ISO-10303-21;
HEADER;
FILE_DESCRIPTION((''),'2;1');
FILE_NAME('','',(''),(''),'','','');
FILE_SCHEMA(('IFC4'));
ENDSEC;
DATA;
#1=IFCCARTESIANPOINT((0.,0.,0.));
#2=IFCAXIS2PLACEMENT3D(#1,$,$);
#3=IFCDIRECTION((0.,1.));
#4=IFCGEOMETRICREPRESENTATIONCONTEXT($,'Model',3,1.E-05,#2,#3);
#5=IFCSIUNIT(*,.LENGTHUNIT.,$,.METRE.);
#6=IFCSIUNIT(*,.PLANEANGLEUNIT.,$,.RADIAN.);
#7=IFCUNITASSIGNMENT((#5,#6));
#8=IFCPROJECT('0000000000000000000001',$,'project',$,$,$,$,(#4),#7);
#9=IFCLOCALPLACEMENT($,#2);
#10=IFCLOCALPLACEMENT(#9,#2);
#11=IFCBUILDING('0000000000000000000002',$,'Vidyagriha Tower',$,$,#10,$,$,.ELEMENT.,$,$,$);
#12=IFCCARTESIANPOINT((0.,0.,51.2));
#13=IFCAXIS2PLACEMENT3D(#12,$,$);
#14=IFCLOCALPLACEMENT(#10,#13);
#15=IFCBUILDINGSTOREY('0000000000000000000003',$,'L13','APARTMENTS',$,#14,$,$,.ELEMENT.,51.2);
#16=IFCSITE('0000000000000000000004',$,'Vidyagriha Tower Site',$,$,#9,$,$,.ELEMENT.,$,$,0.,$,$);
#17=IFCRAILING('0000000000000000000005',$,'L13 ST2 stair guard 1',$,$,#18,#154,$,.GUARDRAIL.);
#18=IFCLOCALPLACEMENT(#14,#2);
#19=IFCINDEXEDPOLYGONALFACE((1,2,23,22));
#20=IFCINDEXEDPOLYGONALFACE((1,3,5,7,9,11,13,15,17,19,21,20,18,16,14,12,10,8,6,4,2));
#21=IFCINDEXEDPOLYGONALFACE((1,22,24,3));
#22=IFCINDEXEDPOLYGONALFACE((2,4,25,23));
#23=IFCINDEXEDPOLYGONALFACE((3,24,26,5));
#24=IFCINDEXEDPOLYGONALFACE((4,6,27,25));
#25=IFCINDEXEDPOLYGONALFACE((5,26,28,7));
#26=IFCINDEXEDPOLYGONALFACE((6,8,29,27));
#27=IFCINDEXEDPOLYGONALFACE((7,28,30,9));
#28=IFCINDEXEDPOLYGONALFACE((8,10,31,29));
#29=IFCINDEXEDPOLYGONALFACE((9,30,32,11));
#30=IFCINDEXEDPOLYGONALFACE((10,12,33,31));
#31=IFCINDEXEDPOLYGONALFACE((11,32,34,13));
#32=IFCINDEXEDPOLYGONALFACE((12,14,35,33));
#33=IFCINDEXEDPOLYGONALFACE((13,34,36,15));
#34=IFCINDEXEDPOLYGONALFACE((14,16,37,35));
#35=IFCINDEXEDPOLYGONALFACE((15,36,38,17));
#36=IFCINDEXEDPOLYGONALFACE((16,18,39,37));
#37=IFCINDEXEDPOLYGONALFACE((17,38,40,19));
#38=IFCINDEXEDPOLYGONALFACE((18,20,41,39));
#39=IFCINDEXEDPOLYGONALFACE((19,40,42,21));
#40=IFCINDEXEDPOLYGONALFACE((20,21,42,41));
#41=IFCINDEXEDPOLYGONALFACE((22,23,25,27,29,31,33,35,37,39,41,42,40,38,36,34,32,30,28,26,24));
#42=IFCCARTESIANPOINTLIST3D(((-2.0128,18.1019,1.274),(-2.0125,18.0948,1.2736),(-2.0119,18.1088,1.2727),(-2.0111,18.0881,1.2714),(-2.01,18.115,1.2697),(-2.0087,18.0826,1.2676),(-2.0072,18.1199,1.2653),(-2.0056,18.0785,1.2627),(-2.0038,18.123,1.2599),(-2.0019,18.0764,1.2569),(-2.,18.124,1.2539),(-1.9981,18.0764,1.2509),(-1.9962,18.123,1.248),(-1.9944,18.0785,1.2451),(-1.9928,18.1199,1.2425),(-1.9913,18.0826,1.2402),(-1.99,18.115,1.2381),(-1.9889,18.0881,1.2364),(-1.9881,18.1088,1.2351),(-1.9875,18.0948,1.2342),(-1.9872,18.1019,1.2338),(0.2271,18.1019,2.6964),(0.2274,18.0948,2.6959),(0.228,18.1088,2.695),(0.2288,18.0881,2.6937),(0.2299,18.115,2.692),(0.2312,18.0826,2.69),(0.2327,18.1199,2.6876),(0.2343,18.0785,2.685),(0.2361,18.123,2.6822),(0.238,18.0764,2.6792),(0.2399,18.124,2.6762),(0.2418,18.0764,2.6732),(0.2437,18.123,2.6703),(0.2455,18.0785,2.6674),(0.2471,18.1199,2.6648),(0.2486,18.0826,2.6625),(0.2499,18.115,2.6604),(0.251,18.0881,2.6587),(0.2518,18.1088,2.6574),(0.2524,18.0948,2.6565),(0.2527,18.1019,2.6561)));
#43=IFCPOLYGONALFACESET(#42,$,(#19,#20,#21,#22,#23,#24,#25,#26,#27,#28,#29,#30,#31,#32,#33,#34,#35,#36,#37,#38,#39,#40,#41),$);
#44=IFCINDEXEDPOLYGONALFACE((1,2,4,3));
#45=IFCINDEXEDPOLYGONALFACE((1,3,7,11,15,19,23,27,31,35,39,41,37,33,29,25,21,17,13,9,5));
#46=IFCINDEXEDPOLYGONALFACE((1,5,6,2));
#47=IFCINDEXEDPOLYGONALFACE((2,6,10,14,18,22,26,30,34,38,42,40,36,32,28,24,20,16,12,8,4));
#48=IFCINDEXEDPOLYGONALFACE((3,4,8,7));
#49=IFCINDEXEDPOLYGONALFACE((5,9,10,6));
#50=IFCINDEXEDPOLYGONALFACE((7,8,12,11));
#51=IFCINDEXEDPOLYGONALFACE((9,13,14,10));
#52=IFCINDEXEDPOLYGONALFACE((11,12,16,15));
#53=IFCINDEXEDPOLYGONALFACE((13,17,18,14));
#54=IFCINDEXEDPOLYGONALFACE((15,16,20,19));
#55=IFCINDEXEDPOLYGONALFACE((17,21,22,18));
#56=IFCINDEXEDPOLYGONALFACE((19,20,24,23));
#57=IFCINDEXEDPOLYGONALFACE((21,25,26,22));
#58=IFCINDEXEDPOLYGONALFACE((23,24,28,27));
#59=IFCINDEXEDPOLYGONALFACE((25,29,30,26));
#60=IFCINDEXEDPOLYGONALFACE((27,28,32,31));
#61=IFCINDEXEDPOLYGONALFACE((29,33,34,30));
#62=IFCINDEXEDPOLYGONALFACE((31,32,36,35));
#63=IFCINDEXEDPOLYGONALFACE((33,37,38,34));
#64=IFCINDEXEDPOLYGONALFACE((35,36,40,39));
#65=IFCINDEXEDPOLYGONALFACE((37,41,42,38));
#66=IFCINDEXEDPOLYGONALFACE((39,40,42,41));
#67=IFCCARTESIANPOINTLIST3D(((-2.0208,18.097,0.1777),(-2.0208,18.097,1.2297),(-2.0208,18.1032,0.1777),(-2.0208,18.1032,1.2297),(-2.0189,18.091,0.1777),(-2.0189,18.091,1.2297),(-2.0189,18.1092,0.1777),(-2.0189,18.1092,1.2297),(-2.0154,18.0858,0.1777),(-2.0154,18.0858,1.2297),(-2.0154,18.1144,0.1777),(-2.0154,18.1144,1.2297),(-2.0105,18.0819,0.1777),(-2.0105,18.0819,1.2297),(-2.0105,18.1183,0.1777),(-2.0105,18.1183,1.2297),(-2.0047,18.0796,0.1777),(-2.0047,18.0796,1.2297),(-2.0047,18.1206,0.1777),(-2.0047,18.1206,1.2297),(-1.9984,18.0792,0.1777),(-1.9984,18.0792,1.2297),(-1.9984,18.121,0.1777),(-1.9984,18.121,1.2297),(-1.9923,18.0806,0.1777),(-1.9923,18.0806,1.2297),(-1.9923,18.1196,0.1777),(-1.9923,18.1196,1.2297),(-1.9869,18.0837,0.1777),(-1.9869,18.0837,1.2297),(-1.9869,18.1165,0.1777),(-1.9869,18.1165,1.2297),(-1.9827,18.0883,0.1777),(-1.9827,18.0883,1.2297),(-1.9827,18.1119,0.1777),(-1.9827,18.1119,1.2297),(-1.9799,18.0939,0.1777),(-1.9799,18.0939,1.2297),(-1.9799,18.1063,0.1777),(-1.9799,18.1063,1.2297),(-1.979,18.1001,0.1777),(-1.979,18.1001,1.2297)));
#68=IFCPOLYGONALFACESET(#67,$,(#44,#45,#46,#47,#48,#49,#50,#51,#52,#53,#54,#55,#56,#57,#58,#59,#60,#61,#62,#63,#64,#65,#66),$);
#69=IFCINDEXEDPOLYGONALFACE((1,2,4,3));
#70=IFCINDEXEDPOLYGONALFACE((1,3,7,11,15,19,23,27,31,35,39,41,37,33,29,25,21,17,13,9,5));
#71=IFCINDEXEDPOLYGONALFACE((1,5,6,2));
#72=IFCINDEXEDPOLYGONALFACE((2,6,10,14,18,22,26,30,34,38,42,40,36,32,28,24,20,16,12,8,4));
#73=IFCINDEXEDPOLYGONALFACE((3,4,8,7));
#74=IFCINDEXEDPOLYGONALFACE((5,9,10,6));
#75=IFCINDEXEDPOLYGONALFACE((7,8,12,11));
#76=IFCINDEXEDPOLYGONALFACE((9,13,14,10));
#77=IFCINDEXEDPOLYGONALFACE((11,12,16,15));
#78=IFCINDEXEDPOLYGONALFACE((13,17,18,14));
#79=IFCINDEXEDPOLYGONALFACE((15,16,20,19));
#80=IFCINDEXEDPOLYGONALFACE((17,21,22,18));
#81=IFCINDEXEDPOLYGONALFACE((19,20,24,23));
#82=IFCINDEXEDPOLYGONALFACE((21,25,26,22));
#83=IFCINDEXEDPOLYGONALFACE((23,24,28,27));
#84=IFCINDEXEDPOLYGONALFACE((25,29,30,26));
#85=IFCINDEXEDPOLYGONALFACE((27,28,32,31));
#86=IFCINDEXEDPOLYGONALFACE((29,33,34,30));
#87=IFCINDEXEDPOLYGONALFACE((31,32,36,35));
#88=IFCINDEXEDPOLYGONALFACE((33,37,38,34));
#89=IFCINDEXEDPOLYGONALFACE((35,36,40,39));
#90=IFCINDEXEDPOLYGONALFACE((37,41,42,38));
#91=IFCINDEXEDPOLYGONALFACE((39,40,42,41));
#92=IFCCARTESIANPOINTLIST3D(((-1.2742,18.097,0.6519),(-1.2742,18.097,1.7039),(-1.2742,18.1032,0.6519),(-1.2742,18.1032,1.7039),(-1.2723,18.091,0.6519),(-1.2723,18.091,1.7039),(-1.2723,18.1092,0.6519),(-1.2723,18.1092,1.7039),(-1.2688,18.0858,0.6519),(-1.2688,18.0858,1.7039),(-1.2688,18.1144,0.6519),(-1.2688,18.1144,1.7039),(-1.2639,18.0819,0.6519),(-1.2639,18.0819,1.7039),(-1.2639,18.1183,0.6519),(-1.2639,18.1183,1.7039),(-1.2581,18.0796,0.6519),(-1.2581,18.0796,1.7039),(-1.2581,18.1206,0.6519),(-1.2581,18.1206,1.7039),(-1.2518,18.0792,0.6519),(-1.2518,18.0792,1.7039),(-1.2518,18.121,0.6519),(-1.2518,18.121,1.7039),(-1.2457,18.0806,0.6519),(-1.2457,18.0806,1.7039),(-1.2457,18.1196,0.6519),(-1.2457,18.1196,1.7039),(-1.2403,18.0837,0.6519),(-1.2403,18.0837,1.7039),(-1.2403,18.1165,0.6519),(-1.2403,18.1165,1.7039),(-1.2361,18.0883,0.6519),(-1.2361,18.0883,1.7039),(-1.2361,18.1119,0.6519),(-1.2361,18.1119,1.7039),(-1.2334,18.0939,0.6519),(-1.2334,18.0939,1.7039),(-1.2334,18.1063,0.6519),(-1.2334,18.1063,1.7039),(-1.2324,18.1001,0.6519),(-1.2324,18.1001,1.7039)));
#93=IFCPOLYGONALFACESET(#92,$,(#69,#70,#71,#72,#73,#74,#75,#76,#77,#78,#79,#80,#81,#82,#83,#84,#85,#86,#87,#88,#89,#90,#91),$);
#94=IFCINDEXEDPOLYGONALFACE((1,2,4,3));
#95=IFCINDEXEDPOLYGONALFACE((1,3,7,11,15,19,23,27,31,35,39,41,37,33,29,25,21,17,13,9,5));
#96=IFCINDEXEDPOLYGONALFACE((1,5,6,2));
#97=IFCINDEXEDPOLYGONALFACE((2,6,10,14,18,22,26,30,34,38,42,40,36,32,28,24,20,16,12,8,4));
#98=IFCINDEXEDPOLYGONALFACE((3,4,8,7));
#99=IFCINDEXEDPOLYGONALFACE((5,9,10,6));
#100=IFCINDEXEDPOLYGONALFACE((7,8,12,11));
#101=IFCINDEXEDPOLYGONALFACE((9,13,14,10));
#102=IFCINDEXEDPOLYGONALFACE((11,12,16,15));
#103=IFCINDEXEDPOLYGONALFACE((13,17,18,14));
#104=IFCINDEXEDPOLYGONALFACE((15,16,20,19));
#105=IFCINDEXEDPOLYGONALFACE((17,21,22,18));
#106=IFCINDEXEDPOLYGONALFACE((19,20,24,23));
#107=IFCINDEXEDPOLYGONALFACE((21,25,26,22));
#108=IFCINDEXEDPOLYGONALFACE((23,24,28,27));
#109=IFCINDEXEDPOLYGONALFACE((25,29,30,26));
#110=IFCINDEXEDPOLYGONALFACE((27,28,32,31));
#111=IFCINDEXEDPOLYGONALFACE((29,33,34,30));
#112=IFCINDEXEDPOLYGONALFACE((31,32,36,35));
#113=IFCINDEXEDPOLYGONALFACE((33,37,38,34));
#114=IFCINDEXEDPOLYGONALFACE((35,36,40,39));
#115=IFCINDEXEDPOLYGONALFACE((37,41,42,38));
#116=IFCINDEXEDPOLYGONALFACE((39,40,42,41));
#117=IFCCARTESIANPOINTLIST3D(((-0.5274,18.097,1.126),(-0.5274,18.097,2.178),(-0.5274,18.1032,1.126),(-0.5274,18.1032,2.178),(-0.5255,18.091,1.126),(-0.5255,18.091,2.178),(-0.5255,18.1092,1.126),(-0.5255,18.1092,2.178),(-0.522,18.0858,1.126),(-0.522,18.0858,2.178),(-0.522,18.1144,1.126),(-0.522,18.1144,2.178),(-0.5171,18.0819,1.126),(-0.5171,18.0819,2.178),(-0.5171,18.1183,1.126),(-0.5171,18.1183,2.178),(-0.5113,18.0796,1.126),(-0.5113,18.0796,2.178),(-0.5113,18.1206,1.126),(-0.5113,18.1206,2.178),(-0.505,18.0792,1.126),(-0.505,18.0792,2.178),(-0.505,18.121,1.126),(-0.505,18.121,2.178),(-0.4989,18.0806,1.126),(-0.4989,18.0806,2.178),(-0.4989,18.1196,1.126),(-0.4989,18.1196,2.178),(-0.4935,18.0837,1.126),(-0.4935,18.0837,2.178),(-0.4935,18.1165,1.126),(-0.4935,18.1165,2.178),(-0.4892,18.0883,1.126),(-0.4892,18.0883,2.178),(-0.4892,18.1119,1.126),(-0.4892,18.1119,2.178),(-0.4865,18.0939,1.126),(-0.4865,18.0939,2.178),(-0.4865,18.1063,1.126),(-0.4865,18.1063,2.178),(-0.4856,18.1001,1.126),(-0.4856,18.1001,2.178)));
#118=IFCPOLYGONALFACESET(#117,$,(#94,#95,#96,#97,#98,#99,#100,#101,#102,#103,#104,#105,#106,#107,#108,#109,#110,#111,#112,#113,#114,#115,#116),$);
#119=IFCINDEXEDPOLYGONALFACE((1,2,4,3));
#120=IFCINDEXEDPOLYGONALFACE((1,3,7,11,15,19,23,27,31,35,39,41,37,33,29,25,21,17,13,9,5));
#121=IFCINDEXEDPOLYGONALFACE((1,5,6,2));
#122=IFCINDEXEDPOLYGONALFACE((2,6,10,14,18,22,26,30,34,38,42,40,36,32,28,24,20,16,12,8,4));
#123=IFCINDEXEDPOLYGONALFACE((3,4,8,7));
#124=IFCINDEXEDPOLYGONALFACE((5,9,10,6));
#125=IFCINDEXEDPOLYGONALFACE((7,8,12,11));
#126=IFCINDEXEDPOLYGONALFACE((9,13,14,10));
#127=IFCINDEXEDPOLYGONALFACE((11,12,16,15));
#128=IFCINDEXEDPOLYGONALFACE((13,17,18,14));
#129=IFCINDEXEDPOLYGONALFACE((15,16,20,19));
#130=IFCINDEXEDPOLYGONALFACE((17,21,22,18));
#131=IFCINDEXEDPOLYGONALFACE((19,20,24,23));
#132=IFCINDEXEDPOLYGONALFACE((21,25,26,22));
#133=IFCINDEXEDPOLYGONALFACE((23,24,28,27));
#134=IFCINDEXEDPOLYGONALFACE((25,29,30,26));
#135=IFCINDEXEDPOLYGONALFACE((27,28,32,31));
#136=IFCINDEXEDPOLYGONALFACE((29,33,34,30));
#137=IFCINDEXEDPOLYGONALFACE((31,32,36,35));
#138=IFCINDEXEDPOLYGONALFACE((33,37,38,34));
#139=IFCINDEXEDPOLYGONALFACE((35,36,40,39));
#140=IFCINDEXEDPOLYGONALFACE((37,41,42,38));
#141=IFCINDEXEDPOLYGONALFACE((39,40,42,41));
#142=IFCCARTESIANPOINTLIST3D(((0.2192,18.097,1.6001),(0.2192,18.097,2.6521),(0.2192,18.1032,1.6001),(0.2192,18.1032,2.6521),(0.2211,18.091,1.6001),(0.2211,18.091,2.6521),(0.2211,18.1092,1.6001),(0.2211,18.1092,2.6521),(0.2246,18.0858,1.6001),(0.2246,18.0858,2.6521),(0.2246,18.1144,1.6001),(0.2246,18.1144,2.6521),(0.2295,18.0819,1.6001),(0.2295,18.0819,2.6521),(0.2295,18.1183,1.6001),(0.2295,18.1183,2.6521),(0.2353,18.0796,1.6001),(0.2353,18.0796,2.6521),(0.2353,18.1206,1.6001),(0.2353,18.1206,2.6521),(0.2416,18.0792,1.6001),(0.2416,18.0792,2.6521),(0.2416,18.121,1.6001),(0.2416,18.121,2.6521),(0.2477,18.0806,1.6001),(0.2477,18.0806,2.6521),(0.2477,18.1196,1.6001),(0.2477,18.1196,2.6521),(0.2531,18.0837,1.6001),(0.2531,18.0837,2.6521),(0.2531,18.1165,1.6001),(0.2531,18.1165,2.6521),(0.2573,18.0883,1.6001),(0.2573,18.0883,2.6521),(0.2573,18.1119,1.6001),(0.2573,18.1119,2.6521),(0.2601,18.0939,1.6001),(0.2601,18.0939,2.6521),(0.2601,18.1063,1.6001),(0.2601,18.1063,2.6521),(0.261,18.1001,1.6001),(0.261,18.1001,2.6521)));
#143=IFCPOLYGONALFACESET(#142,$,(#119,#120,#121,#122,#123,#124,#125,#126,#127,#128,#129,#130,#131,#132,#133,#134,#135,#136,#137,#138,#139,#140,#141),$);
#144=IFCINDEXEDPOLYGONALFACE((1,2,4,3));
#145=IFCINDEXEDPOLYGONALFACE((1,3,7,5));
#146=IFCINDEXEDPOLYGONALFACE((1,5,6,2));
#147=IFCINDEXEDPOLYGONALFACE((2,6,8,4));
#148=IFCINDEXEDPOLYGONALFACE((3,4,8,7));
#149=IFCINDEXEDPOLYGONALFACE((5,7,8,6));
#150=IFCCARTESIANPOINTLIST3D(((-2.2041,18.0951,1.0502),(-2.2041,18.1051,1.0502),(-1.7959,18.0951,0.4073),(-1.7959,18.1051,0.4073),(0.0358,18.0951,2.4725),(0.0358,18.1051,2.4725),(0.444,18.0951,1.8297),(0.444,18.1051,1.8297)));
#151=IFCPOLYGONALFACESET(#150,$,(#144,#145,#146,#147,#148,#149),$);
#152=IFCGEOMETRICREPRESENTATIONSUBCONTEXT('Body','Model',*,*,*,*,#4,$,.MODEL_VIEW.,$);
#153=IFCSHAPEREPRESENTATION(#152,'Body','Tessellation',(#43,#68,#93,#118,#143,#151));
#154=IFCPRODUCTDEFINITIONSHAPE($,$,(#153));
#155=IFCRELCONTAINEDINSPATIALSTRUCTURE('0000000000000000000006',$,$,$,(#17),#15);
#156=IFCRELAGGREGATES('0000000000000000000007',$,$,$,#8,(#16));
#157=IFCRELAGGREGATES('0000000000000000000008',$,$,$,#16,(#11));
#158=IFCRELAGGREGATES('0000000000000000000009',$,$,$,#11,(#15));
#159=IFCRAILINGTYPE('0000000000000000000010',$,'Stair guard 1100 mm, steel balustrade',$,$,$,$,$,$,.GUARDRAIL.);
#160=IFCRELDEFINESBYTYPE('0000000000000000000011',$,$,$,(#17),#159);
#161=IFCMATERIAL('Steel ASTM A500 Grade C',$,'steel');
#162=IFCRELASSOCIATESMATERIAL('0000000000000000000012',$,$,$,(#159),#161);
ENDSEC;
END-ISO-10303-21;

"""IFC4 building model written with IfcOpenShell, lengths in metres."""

from ifc_helpers import new_model, si_unit, direction, frame, origin, origin_2d, place, context, subcontext, project, spatial, rectangle, circle, extrude, material, type_object, element, save


model = new_model("IFC4")

# Units and contexts
model_context = context("Model", 3, precision=1e-05, world=origin(), true_north=direction((0.0, 1.0)))
body_context = subcontext(model_context, "Body", "Model", "MODEL_VIEW")
ifc_project = project(units=[si_unit("LENGTHUNIT", "METRE"), si_unit("PLANEANGLEUNIT", "RADIAN")], contexts=[model_context])

# Site, building, storey
site_placement = place(None, origin())
site = spatial("IfcSite", under=ifc_project, at=site_placement, Name="Vidyagriha Tower Site", CompositionType="ELEMENT", RefElevation=0.0)
building_placement = place(site_placement, origin())
building = spatial("IfcBuilding", under=site, at=building_placement, Name="Vidyagriha Tower", CompositionType="ELEMENT")
storey_placement = place(building_placement, frame((0.0, 0.0, 51.2)))
storey = spatial("IfcBuildingStorey", under=building, at=storey_placement, Name="L13", Description="APARTMENTS", CompositionType="ELEMENT", Elevation=51.2)

# Railing
ifc_material_1 = material(Name="Steel ASTM A500 Grade C", Category="steel")
railing_type_1 = type_object("IfcRailingType", Name="Stair guard 1100 mm, steel balustrade", PredefinedType="GUARDRAIL", material=ifc_material_1)
railing_1_placement = place(storey_placement, frame((-2.0, 18.1001, 0.1777)))
element("IfcRailing", 1, at=railing_1_placement, inside=storey, type_object=railing_type_1, Name="L13 ST2 stair guard 1", PredefinedType="GUARDRAIL", context=body_context, shape_type="SweptSolid", body=[
    extrude(circle(Radius=0.0239, at=origin_2d()), frame((0.0, 0.0, 1.0762), z_axis=(0.844188, 0.0, 0.536048), x_axis=(0.0, 1.0, 0.0)), (0.0, 0.0, 1.0), 2.6533),
    extrude(circle(Radius=0.021, at=origin_2d()), origin(), (0.0, 0.0, 1.0), 1.052),
    extrude(circle(Radius=0.021, at=origin_2d()), frame((0.7466, 0.0, 0.4741)), (0.0, 0.0, 1.0), 1.052),
    extrude(circle(Radius=0.021, at=origin_2d()), frame((1.4934, 0.0, 0.9482)), (0.0, 0.0, 1.0), 1.052),
    extrude(circle(Radius=0.021, at=origin_2d()), frame((2.24, 0.0, 1.4224)), (0.0, 0.0, 1.0), 1.052),
    extrude(rectangle(XDim=0.01, YDim=0.7615, at=origin_2d()), frame((0.0, 0.0, 0.551), z_axis=(0.844188, 0.0, 0.536048), x_axis=(0.0, 1.0, 0.0)), (0.0, 0.0, 1.0), 2.6533),
])

save(model, "model.ifc")
